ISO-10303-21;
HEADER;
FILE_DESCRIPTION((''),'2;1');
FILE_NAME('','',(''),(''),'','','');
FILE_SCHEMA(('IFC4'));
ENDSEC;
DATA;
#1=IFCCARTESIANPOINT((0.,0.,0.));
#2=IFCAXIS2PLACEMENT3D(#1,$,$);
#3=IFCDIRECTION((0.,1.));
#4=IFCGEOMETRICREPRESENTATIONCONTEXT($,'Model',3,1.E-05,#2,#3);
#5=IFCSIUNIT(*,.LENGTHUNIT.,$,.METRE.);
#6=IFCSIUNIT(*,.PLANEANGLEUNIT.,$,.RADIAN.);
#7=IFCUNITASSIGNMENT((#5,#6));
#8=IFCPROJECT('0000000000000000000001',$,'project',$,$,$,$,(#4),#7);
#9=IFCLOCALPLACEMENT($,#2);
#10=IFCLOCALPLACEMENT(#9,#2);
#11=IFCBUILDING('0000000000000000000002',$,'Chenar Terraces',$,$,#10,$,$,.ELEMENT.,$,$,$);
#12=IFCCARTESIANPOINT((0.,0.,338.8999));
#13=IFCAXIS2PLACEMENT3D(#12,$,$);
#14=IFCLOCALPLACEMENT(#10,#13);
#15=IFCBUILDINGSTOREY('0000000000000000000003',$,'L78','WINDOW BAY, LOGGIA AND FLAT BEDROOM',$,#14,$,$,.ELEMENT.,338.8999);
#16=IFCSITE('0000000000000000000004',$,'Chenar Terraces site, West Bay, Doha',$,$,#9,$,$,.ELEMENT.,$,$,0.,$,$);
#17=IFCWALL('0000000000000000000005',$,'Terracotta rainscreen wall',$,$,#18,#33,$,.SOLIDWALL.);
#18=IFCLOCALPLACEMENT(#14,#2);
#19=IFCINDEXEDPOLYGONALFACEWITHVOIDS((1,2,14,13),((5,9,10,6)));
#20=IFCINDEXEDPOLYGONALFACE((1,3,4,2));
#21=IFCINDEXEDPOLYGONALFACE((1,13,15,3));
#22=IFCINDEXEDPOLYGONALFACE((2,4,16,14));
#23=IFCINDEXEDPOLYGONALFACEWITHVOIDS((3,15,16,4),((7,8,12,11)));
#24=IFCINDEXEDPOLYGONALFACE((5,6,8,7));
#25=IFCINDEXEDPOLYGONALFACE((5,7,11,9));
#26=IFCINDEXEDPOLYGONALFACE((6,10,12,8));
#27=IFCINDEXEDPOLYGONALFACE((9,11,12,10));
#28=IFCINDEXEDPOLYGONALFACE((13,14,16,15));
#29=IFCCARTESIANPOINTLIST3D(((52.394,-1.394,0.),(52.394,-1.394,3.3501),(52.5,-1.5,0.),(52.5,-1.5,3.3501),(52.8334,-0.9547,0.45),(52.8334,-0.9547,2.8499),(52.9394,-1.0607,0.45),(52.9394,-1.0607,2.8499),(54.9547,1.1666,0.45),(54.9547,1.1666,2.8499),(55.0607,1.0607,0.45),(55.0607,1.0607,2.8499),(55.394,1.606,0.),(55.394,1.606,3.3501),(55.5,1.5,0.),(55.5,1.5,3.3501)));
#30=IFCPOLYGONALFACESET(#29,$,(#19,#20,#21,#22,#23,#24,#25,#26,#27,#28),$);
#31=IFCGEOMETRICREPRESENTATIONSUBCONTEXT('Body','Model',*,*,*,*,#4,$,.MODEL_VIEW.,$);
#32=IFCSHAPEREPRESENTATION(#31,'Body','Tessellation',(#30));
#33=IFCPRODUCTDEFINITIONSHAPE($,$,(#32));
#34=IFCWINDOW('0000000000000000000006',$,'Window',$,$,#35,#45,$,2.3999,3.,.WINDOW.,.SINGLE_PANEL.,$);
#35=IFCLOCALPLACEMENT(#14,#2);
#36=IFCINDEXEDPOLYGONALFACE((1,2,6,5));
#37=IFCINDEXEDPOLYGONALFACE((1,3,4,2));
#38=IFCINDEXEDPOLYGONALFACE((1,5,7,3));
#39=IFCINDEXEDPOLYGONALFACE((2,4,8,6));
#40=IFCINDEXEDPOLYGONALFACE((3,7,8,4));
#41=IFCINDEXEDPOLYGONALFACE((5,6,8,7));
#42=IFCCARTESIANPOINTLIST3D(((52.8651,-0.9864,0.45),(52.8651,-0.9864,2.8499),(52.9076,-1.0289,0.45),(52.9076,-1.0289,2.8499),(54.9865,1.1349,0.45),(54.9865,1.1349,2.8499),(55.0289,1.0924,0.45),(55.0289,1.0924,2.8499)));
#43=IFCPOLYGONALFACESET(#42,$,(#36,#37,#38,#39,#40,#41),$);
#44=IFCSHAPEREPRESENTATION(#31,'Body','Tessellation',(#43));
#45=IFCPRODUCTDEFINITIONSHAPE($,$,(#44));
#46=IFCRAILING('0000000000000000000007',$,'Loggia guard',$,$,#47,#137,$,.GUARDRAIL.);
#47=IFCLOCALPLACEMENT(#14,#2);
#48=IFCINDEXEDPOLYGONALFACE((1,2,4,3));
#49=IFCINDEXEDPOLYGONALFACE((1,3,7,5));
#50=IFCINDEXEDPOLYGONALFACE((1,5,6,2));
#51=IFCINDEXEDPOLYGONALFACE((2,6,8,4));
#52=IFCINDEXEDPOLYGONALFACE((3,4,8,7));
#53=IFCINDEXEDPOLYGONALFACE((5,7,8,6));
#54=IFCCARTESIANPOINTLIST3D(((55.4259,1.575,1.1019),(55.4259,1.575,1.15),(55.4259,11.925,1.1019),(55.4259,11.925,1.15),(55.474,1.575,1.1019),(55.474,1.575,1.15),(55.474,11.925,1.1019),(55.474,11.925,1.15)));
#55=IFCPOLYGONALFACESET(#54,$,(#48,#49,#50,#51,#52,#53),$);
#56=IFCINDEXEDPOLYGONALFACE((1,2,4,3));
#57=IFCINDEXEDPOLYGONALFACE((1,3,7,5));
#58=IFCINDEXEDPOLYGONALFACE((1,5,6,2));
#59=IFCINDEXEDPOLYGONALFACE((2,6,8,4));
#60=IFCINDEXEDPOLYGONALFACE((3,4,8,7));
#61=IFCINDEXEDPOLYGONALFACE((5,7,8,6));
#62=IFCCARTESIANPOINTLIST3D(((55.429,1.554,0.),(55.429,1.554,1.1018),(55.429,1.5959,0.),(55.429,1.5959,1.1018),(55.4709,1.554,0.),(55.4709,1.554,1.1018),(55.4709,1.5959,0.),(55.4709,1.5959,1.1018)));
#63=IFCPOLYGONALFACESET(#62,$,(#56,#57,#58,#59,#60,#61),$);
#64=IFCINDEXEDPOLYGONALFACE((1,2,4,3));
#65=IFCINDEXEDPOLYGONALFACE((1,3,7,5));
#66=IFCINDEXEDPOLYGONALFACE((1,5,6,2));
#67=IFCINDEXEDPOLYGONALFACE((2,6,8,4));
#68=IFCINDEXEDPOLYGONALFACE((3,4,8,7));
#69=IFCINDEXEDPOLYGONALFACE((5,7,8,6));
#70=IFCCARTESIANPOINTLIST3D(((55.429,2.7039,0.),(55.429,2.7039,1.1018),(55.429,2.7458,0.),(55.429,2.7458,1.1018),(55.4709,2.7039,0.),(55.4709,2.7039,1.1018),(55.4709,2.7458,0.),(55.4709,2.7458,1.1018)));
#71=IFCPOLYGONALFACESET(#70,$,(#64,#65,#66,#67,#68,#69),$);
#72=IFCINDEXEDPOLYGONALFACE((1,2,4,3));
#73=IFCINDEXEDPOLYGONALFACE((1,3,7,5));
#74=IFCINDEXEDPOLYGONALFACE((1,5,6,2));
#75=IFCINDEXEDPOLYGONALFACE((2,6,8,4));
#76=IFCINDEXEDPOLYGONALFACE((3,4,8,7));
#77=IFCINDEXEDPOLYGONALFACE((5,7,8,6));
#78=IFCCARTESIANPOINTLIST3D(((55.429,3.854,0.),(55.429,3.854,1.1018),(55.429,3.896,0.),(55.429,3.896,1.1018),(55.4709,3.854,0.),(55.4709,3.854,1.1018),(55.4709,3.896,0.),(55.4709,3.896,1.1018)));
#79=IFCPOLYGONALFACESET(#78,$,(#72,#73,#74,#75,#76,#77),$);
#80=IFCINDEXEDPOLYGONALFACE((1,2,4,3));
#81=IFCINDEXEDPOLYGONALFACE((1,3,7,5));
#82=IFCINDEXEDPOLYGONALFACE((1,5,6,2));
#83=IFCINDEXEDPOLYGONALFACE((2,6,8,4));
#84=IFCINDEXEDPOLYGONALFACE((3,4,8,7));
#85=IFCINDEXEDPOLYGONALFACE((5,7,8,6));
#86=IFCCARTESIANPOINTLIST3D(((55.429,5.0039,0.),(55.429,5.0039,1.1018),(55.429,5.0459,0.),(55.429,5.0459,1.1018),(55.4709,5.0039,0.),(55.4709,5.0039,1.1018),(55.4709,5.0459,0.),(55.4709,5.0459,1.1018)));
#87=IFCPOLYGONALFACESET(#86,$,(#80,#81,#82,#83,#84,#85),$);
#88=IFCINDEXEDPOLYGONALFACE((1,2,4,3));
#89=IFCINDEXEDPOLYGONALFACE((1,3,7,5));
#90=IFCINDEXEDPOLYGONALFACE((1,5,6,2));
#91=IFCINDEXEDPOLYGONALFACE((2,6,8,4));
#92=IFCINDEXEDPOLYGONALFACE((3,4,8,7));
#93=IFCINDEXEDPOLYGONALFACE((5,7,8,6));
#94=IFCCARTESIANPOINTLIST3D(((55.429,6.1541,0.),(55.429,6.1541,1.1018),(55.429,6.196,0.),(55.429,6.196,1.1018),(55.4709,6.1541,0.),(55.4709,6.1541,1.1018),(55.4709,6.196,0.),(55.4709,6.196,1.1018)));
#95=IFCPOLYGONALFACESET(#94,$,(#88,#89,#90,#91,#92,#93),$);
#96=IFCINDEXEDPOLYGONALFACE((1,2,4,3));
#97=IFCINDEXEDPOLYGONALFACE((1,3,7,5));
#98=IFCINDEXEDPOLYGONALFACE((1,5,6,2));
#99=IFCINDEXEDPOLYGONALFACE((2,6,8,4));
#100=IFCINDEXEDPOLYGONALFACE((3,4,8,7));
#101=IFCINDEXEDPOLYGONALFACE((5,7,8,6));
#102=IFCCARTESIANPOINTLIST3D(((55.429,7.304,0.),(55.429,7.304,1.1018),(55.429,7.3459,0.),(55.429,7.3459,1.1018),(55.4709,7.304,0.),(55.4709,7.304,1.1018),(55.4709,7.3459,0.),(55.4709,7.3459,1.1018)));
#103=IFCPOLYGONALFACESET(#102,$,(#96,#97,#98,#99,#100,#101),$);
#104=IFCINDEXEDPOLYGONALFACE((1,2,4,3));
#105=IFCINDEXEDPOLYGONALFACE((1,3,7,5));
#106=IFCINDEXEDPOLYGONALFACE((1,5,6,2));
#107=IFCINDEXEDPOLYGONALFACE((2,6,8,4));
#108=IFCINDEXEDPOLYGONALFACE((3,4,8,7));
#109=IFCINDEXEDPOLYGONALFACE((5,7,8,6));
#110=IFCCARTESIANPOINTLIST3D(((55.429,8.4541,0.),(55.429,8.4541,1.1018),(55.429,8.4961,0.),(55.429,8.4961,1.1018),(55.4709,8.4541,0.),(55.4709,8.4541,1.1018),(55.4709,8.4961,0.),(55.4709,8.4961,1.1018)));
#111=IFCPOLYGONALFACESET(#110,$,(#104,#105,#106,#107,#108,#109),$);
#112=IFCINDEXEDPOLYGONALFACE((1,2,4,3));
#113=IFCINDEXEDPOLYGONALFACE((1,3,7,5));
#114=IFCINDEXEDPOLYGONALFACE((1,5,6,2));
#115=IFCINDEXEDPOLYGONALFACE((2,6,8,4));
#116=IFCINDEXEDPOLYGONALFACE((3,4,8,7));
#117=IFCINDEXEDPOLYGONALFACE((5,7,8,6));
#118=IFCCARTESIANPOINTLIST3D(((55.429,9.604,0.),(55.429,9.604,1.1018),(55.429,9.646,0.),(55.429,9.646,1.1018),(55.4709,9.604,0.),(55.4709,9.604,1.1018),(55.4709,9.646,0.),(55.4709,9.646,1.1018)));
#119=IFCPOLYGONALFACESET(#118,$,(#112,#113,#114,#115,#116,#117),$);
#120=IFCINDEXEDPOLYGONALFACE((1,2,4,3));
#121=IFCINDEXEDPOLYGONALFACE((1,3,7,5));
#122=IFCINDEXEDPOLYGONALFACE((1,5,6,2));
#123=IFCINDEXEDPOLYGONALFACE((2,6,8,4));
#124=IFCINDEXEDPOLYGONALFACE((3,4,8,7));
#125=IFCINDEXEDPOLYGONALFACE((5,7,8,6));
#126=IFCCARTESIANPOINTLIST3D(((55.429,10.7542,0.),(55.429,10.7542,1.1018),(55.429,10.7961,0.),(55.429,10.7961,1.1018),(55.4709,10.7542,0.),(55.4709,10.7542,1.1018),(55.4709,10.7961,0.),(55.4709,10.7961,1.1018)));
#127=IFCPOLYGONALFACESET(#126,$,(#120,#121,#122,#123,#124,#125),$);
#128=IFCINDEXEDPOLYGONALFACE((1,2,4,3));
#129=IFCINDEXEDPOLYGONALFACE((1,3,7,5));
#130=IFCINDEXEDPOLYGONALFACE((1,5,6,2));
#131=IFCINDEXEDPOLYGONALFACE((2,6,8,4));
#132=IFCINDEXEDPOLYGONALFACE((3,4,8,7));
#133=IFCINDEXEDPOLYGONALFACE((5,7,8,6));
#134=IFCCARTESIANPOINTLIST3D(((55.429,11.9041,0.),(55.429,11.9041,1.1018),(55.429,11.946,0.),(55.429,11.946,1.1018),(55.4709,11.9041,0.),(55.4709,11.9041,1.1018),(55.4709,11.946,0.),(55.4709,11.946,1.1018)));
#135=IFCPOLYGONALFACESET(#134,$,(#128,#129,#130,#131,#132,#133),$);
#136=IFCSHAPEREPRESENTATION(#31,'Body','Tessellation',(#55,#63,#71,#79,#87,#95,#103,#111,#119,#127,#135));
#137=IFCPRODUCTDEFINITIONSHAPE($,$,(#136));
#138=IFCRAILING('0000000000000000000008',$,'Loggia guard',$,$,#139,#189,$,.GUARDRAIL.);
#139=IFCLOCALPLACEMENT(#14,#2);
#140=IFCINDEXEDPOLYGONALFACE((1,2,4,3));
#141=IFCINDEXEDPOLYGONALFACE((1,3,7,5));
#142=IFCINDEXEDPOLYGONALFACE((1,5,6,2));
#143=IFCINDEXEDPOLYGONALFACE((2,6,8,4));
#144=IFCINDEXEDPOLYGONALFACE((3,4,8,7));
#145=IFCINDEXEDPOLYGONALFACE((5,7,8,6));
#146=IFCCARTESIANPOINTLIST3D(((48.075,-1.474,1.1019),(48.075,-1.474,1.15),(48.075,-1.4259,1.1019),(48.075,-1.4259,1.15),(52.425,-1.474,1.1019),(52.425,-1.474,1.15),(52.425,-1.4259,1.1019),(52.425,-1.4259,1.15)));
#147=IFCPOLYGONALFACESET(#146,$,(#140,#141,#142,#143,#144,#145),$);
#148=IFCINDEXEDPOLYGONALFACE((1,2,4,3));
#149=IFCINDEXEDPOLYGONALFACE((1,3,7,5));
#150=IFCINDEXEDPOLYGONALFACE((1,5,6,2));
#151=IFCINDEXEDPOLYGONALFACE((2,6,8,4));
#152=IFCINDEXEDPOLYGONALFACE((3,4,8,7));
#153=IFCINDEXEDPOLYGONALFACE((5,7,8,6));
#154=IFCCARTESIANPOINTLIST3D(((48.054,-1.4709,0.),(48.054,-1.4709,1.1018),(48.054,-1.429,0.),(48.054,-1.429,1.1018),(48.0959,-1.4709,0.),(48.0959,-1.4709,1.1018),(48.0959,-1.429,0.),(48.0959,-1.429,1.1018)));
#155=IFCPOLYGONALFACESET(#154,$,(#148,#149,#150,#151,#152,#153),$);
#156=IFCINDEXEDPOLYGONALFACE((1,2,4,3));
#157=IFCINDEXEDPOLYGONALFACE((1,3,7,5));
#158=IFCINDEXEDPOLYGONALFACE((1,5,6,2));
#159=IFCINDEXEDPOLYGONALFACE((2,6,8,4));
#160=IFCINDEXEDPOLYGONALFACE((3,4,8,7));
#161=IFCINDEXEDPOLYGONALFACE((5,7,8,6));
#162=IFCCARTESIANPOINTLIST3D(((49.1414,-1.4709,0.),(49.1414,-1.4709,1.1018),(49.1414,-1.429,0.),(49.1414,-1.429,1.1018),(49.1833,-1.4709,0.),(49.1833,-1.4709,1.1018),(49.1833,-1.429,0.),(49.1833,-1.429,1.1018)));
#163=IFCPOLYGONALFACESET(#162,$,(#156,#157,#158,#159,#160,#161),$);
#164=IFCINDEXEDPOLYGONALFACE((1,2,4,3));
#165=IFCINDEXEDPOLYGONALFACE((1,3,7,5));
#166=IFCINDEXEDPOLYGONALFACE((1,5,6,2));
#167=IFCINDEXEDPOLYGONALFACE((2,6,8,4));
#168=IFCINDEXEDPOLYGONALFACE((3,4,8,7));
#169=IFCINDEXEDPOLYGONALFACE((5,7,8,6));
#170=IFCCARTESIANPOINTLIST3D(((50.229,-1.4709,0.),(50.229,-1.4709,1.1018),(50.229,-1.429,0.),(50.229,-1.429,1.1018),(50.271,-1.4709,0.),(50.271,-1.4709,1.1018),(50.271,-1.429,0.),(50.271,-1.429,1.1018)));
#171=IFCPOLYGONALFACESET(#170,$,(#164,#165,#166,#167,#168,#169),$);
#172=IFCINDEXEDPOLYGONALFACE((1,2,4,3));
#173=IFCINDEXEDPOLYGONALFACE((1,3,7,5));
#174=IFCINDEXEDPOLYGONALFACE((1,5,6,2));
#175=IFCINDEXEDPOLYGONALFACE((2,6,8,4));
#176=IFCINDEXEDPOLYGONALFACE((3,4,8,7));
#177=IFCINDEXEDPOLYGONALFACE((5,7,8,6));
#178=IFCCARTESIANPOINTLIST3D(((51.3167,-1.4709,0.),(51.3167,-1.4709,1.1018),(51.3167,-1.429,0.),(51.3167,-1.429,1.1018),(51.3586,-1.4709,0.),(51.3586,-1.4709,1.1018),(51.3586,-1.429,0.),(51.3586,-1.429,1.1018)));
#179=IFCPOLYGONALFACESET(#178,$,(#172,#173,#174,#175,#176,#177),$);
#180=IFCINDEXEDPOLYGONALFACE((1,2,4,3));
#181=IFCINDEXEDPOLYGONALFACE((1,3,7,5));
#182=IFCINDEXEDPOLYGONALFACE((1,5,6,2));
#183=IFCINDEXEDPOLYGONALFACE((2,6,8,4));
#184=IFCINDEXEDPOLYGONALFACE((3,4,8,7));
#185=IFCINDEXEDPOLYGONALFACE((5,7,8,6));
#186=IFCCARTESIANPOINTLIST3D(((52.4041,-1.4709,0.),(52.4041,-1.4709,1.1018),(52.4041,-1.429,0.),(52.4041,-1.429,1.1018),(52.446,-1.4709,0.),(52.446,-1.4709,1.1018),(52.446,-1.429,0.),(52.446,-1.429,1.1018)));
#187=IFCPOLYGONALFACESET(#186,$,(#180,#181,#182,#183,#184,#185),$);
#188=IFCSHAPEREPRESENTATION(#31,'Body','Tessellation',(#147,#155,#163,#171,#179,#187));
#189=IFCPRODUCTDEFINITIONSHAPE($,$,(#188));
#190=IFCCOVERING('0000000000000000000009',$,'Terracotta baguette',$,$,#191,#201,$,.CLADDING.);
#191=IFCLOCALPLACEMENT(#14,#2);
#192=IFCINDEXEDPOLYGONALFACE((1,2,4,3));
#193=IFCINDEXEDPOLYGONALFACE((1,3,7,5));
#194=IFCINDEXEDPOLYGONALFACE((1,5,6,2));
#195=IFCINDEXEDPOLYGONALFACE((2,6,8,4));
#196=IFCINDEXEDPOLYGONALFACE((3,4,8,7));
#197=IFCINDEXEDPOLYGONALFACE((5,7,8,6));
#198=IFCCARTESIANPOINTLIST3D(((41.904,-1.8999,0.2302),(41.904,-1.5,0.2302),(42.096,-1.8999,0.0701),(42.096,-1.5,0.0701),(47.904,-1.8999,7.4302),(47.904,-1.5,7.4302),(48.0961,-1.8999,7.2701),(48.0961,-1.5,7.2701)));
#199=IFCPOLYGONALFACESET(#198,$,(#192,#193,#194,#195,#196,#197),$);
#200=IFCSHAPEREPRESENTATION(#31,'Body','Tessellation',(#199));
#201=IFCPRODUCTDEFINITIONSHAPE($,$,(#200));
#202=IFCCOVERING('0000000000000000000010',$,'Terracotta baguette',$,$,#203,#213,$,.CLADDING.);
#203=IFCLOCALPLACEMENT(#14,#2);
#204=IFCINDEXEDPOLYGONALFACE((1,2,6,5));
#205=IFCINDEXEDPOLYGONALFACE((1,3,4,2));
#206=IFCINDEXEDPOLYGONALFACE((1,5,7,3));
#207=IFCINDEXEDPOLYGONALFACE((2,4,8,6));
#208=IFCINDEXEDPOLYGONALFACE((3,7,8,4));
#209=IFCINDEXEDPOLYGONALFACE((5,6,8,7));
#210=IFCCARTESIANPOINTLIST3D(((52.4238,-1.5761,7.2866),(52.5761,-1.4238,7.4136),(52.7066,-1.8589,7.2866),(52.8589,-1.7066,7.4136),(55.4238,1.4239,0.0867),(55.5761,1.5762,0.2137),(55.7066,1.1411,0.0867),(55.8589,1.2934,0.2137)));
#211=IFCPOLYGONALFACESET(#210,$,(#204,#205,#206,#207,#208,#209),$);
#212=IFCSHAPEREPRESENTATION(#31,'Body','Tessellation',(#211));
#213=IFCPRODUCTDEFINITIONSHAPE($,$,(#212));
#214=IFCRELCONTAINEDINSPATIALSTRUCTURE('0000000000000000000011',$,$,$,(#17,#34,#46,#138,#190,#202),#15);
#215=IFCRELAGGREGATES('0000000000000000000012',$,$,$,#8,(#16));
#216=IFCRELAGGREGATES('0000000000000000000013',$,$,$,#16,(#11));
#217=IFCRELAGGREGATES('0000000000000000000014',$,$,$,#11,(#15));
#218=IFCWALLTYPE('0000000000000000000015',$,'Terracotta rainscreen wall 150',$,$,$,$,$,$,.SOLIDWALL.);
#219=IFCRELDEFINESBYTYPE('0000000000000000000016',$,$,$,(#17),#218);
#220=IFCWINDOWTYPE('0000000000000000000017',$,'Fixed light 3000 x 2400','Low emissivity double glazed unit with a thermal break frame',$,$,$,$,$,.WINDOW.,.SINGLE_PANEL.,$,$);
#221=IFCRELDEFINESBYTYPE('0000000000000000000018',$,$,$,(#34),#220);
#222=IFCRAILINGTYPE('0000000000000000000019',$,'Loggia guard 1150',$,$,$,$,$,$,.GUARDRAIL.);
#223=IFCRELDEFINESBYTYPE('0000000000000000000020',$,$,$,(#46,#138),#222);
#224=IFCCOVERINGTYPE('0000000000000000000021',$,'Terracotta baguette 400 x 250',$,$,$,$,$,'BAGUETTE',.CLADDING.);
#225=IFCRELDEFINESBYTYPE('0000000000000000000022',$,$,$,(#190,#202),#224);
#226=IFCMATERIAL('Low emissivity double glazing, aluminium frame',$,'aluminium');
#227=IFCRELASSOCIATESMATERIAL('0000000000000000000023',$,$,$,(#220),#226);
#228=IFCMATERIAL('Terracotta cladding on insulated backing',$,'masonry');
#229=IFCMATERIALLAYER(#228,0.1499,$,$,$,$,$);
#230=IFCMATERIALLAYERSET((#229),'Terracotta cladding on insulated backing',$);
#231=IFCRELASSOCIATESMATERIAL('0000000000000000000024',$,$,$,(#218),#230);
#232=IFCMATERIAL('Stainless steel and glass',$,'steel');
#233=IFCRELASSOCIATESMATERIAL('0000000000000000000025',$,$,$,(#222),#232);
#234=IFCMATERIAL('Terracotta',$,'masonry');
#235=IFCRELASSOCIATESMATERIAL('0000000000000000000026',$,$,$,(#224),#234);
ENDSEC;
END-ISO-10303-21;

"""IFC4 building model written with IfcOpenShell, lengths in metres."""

from ifc_helpers import new_model, si_unit, direction, frame, frame_2d, origin, origin_2d, place, context, subcontext, project, spatial, rectangle, extrude, material, layer, layer_set, material_profile, profile_set, type_object, element, fill, save


model = new_model("IFC4")

# Units and contexts
model_context = context("Model", 3, precision=1e-05, world=origin(), true_north=direction((0.0, 1.0)))
body_context = subcontext(model_context, "Body", "Model", "MODEL_VIEW")
ifc_project = project(units=[si_unit("LENGTHUNIT", "METRE"), si_unit("PLANEANGLEUNIT", "RADIAN")], contexts=[model_context])

# Site, building, storey
site_placement = place(None, origin())
site = spatial("IfcSite", under=ifc_project, at=site_placement, Name="Chenar Terraces site, West Bay, Doha", CompositionType="ELEMENT", RefElevation=0.0)
building_placement = place(site_placement, origin())
building = spatial("IfcBuilding", under=site, at=building_placement, Name="Chenar Terraces", CompositionType="ELEMENT")
storey_placement = place(building_placement, frame((0.0, 0.0, 338.8999)))
storey = spatial("IfcBuildingStorey", under=building, at=storey_placement, Name="L78", Description="WINDOW BAY, LOGGIA AND FLAT BEDROOM", CompositionType="ELEMENT", Elevation=338.8999)

# Shared definitions
ifc_material_1 = material(Name="Low emissivity double glazing, aluminium frame", Category="aluminium")
window_type_1 = type_object("IfcWindowType", Name="Fixed light 3000 x 2400", Description="Low emissivity double glazed unit with a thermal break frame", PartitioningType="SINGLE_PANEL", PredefinedType="WINDOW", material=ifc_material_1)

# Wall, opening, window
ifc_material_2 = material(Name="Terracotta cladding on insulated backing", Category="masonry")
ifc_layer_1 = layer(ifc_material_2, 0.1499)
ifc_layer_set_1 = layer_set([ifc_layer_1], Name="Terracotta cladding on insulated backing")
wall_type_1 = type_object("IfcWallType", Name="Terracotta rainscreen wall 150", PredefinedType="SOLIDWALL", material=ifc_layer_set_1)
wall_1_placement = place(storey_placement, frame((52.447, -1.447, 0.0), z_axis=(0.0, 0.0, 1.0), x_axis=(0.707107, 0.707107, 0.0)))
wall_1 = element("IfcWall", 1, at=wall_1_placement, inside=storey, type_object=wall_type_1, Name="Terracotta rainscreen wall", PredefinedType="SOLIDWALL", context=body_context, shape_type="SweptSolid", body=[
    extrude(rectangle(XDim=4.2427, YDim=0.1499, at=frame_2d((2.1213, 0.0))), origin(), (0.0, 0.0, 1.0), 3.3501),
])
opening_1_placement = place(wall_1_placement, frame((0.6213, 0.0, 0.45)))
opening_1 = element("IfcOpeningElement", 2, at=opening_1_placement, cuts=wall_1, PredefinedType="OPENING", context=body_context, shape_type="SweptSolid", body=[
    extrude(rectangle(XDim=3.0, YDim=2.3999, at=frame_2d((1.5, 1.2))), frame((0.0, 0.085, 0.0), z_axis=(0.0, -1.0, 0.0), x_axis=(1.0, 0.0, 0.0)), (0.0, 0.0, 1.0), 0.1699),
])
window_1_placement = place(opening_1_placement, origin())
window_1 = element("IfcWindow", 3, at=window_1_placement, inside=storey, type_object=window_type_1, Name="Window", OverallHeight=2.3999, OverallWidth=3.0, PartitioningType="SINGLE_PANEL", PredefinedType="WINDOW", context=body_context, shape_type="SweptSolid", body=[
    extrude(rectangle(XDim=3.0, YDim=2.3999, at=frame_2d((1.5, 1.2))), frame((0.0, 0.03, 0.0), z_axis=(0.0, -1.0, 0.0), x_axis=(1.0, 0.0, 0.0)), (0.0, 0.0, 1.0), 0.0601),
])
fill(opening_1, window_1)

# Railings
ifc_material_3 = material(Name="Stainless steel and glass", Category="steel")
railing_type = type_object("IfcRailingType", Name="Loggia guard 1150", PredefinedType="GUARDRAIL", material=ifc_material_3)
railing_1_placement = place(storey_placement, frame((55.45, 1.575, 0.0)))
element("IfcRailing", 4, at=railing_1_placement, inside=storey, type_object=railing_type, Name="Loggia guard", PredefinedType="GUARDRAIL", context=body_context, shape_type="SweptSolid", body=[
    extrude(rectangle(XDim=0.0481, YDim=0.0481, at=origin_2d()), frame((0.0, 0.0, 1.126), z_axis=(0.0, 1.0, 0.0), x_axis=(-1.0, 0.0, 0.0)), (0.0, 0.0, 1.0), 10.3501),
    extrude(rectangle(XDim=0.042, YDim=0.042, at=origin_2d()), origin(), (0.0, 0.0, 1.0), 1.1018),
    extrude(rectangle(XDim=0.042, YDim=0.042, at=origin_2d()), frame((0.0, 1.1499, 0.0)), (0.0, 0.0, 1.0), 1.1018),
    extrude(rectangle(XDim=0.042, YDim=0.042, at=origin_2d()), frame((0.0, 2.3, 0.0)), (0.0, 0.0, 1.0), 1.1018),
    extrude(rectangle(XDim=0.042, YDim=0.042, at=origin_2d()), frame((0.0, 3.45, 0.0)), (0.0, 0.0, 1.0), 1.1018),
    extrude(rectangle(XDim=0.042, YDim=0.042, at=origin_2d()), frame((0.0, 4.6001, 0.0)), (0.0, 0.0, 1.0), 1.1018),
    extrude(rectangle(XDim=0.042, YDim=0.042, at=origin_2d()), frame((0.0, 5.75, 0.0)), (0.0, 0.0, 1.0), 1.1018),
    extrude(rectangle(XDim=0.042, YDim=0.042, at=origin_2d()), frame((0.0, 6.9001, 0.0)), (0.0, 0.0, 1.0), 1.1018),
    extrude(rectangle(XDim=0.042, YDim=0.042, at=origin_2d()), frame((0.0, 8.05, 0.0)), (0.0, 0.0, 1.0), 1.1018),
    extrude(rectangle(XDim=0.042, YDim=0.042, at=origin_2d()), frame((0.0, 9.2002, 0.0)), (0.0, 0.0, 1.0), 1.1018),
    extrude(rectangle(XDim=0.042, YDim=0.042, at=origin_2d()), frame((0.0, 10.3501, 0.0)), (0.0, 0.0, 1.0), 1.1018),
])
railing_2_placement = place(storey_placement, frame((48.075, -1.45, 0.0)))
element("IfcRailing", 5, at=railing_2_placement, inside=storey, type_object=railing_type, Name="Loggia guard", PredefinedType="GUARDRAIL", context=body_context, shape_type="SweptSolid", body=[
    extrude(rectangle(XDim=0.0481, YDim=0.0481, at=origin_2d()), frame((0.0, 0.0, 1.126), z_axis=(1.0, 0.0, 0.0), x_axis=(0.0, 1.0, 0.0)), (0.0, 0.0, 1.0), 4.3501),
    extrude(rectangle(XDim=0.042, YDim=0.042, at=origin_2d()), origin(), (0.0, 0.0, 1.0), 1.1018),
    extrude(rectangle(XDim=0.042, YDim=0.042, at=origin_2d()), frame((1.0874, 0.0, 0.0)), (0.0, 0.0, 1.0), 1.1018),
    extrude(rectangle(XDim=0.042, YDim=0.042, at=origin_2d()), frame((2.175, 0.0, 0.0)), (0.0, 0.0, 1.0), 1.1018),
    extrude(rectangle(XDim=0.042, YDim=0.042, at=origin_2d()), frame((3.2627, 0.0, 0.0)), (0.0, 0.0, 1.0), 1.1018),
    extrude(rectangle(XDim=0.042, YDim=0.042, at=origin_2d()), frame((4.3501, 0.0, 0.0)), (0.0, 0.0, 1.0), 1.1018),
])

# Coverings
ifc_material_4 = material(Name="Terracotta", Category="masonry")
ifc_material_profile_1 = material_profile(ifc_material_4, rectangle(XDim=0.3999, YDim=0.25, at=origin_2d()), Name="Terracotta baguette 400 x 250")
ifc_profile_set_1 = profile_set([ifc_material_profile_1], Name="Terracotta")
covering_type = type_object("IfcCoveringType", Name="Terracotta baguette 400 x 250", ElementType="BAGUETTE", PredefinedType="CLADDING", material=ifc_profile_set_1)
covering_1_placement = place(storey_placement, frame((42.0, -1.7, 0.1501), z_axis=(0.640187, 0.0, 0.768219), x_axis=(0.0, 1.0, 0.0)))
element("IfcCovering", 6, at=covering_1_placement, inside=storey, type_object=covering_type, Name="Terracotta baguette", PredefinedType="CLADDING", context=body_context, shape_type="SweptSolid", body=[
    extrude(rectangle(XDim=0.3999, YDim=0.25, at=origin_2d()), origin(), (0.0, 0.0, 1.0), 9.3723),
])
covering_2_placement = place(storey_placement, frame((52.6414, -1.6414, 7.3501), z_axis=(0.358981, 0.358981, -0.861548), x_axis=(-0.707107, 0.707107, 0.0)))
element("IfcCovering", 7, at=covering_2_placement, inside=storey, type_object=covering_type, Name="Terracotta baguette", PredefinedType="CLADDING", context=body_context, shape_type="SweptSolid", body=[
    extrude(rectangle(XDim=0.3999, YDim=0.25, at=origin_2d()), origin(), (0.0, 0.0, 1.0), 8.3569),
])

save(model, "model.ifc")
